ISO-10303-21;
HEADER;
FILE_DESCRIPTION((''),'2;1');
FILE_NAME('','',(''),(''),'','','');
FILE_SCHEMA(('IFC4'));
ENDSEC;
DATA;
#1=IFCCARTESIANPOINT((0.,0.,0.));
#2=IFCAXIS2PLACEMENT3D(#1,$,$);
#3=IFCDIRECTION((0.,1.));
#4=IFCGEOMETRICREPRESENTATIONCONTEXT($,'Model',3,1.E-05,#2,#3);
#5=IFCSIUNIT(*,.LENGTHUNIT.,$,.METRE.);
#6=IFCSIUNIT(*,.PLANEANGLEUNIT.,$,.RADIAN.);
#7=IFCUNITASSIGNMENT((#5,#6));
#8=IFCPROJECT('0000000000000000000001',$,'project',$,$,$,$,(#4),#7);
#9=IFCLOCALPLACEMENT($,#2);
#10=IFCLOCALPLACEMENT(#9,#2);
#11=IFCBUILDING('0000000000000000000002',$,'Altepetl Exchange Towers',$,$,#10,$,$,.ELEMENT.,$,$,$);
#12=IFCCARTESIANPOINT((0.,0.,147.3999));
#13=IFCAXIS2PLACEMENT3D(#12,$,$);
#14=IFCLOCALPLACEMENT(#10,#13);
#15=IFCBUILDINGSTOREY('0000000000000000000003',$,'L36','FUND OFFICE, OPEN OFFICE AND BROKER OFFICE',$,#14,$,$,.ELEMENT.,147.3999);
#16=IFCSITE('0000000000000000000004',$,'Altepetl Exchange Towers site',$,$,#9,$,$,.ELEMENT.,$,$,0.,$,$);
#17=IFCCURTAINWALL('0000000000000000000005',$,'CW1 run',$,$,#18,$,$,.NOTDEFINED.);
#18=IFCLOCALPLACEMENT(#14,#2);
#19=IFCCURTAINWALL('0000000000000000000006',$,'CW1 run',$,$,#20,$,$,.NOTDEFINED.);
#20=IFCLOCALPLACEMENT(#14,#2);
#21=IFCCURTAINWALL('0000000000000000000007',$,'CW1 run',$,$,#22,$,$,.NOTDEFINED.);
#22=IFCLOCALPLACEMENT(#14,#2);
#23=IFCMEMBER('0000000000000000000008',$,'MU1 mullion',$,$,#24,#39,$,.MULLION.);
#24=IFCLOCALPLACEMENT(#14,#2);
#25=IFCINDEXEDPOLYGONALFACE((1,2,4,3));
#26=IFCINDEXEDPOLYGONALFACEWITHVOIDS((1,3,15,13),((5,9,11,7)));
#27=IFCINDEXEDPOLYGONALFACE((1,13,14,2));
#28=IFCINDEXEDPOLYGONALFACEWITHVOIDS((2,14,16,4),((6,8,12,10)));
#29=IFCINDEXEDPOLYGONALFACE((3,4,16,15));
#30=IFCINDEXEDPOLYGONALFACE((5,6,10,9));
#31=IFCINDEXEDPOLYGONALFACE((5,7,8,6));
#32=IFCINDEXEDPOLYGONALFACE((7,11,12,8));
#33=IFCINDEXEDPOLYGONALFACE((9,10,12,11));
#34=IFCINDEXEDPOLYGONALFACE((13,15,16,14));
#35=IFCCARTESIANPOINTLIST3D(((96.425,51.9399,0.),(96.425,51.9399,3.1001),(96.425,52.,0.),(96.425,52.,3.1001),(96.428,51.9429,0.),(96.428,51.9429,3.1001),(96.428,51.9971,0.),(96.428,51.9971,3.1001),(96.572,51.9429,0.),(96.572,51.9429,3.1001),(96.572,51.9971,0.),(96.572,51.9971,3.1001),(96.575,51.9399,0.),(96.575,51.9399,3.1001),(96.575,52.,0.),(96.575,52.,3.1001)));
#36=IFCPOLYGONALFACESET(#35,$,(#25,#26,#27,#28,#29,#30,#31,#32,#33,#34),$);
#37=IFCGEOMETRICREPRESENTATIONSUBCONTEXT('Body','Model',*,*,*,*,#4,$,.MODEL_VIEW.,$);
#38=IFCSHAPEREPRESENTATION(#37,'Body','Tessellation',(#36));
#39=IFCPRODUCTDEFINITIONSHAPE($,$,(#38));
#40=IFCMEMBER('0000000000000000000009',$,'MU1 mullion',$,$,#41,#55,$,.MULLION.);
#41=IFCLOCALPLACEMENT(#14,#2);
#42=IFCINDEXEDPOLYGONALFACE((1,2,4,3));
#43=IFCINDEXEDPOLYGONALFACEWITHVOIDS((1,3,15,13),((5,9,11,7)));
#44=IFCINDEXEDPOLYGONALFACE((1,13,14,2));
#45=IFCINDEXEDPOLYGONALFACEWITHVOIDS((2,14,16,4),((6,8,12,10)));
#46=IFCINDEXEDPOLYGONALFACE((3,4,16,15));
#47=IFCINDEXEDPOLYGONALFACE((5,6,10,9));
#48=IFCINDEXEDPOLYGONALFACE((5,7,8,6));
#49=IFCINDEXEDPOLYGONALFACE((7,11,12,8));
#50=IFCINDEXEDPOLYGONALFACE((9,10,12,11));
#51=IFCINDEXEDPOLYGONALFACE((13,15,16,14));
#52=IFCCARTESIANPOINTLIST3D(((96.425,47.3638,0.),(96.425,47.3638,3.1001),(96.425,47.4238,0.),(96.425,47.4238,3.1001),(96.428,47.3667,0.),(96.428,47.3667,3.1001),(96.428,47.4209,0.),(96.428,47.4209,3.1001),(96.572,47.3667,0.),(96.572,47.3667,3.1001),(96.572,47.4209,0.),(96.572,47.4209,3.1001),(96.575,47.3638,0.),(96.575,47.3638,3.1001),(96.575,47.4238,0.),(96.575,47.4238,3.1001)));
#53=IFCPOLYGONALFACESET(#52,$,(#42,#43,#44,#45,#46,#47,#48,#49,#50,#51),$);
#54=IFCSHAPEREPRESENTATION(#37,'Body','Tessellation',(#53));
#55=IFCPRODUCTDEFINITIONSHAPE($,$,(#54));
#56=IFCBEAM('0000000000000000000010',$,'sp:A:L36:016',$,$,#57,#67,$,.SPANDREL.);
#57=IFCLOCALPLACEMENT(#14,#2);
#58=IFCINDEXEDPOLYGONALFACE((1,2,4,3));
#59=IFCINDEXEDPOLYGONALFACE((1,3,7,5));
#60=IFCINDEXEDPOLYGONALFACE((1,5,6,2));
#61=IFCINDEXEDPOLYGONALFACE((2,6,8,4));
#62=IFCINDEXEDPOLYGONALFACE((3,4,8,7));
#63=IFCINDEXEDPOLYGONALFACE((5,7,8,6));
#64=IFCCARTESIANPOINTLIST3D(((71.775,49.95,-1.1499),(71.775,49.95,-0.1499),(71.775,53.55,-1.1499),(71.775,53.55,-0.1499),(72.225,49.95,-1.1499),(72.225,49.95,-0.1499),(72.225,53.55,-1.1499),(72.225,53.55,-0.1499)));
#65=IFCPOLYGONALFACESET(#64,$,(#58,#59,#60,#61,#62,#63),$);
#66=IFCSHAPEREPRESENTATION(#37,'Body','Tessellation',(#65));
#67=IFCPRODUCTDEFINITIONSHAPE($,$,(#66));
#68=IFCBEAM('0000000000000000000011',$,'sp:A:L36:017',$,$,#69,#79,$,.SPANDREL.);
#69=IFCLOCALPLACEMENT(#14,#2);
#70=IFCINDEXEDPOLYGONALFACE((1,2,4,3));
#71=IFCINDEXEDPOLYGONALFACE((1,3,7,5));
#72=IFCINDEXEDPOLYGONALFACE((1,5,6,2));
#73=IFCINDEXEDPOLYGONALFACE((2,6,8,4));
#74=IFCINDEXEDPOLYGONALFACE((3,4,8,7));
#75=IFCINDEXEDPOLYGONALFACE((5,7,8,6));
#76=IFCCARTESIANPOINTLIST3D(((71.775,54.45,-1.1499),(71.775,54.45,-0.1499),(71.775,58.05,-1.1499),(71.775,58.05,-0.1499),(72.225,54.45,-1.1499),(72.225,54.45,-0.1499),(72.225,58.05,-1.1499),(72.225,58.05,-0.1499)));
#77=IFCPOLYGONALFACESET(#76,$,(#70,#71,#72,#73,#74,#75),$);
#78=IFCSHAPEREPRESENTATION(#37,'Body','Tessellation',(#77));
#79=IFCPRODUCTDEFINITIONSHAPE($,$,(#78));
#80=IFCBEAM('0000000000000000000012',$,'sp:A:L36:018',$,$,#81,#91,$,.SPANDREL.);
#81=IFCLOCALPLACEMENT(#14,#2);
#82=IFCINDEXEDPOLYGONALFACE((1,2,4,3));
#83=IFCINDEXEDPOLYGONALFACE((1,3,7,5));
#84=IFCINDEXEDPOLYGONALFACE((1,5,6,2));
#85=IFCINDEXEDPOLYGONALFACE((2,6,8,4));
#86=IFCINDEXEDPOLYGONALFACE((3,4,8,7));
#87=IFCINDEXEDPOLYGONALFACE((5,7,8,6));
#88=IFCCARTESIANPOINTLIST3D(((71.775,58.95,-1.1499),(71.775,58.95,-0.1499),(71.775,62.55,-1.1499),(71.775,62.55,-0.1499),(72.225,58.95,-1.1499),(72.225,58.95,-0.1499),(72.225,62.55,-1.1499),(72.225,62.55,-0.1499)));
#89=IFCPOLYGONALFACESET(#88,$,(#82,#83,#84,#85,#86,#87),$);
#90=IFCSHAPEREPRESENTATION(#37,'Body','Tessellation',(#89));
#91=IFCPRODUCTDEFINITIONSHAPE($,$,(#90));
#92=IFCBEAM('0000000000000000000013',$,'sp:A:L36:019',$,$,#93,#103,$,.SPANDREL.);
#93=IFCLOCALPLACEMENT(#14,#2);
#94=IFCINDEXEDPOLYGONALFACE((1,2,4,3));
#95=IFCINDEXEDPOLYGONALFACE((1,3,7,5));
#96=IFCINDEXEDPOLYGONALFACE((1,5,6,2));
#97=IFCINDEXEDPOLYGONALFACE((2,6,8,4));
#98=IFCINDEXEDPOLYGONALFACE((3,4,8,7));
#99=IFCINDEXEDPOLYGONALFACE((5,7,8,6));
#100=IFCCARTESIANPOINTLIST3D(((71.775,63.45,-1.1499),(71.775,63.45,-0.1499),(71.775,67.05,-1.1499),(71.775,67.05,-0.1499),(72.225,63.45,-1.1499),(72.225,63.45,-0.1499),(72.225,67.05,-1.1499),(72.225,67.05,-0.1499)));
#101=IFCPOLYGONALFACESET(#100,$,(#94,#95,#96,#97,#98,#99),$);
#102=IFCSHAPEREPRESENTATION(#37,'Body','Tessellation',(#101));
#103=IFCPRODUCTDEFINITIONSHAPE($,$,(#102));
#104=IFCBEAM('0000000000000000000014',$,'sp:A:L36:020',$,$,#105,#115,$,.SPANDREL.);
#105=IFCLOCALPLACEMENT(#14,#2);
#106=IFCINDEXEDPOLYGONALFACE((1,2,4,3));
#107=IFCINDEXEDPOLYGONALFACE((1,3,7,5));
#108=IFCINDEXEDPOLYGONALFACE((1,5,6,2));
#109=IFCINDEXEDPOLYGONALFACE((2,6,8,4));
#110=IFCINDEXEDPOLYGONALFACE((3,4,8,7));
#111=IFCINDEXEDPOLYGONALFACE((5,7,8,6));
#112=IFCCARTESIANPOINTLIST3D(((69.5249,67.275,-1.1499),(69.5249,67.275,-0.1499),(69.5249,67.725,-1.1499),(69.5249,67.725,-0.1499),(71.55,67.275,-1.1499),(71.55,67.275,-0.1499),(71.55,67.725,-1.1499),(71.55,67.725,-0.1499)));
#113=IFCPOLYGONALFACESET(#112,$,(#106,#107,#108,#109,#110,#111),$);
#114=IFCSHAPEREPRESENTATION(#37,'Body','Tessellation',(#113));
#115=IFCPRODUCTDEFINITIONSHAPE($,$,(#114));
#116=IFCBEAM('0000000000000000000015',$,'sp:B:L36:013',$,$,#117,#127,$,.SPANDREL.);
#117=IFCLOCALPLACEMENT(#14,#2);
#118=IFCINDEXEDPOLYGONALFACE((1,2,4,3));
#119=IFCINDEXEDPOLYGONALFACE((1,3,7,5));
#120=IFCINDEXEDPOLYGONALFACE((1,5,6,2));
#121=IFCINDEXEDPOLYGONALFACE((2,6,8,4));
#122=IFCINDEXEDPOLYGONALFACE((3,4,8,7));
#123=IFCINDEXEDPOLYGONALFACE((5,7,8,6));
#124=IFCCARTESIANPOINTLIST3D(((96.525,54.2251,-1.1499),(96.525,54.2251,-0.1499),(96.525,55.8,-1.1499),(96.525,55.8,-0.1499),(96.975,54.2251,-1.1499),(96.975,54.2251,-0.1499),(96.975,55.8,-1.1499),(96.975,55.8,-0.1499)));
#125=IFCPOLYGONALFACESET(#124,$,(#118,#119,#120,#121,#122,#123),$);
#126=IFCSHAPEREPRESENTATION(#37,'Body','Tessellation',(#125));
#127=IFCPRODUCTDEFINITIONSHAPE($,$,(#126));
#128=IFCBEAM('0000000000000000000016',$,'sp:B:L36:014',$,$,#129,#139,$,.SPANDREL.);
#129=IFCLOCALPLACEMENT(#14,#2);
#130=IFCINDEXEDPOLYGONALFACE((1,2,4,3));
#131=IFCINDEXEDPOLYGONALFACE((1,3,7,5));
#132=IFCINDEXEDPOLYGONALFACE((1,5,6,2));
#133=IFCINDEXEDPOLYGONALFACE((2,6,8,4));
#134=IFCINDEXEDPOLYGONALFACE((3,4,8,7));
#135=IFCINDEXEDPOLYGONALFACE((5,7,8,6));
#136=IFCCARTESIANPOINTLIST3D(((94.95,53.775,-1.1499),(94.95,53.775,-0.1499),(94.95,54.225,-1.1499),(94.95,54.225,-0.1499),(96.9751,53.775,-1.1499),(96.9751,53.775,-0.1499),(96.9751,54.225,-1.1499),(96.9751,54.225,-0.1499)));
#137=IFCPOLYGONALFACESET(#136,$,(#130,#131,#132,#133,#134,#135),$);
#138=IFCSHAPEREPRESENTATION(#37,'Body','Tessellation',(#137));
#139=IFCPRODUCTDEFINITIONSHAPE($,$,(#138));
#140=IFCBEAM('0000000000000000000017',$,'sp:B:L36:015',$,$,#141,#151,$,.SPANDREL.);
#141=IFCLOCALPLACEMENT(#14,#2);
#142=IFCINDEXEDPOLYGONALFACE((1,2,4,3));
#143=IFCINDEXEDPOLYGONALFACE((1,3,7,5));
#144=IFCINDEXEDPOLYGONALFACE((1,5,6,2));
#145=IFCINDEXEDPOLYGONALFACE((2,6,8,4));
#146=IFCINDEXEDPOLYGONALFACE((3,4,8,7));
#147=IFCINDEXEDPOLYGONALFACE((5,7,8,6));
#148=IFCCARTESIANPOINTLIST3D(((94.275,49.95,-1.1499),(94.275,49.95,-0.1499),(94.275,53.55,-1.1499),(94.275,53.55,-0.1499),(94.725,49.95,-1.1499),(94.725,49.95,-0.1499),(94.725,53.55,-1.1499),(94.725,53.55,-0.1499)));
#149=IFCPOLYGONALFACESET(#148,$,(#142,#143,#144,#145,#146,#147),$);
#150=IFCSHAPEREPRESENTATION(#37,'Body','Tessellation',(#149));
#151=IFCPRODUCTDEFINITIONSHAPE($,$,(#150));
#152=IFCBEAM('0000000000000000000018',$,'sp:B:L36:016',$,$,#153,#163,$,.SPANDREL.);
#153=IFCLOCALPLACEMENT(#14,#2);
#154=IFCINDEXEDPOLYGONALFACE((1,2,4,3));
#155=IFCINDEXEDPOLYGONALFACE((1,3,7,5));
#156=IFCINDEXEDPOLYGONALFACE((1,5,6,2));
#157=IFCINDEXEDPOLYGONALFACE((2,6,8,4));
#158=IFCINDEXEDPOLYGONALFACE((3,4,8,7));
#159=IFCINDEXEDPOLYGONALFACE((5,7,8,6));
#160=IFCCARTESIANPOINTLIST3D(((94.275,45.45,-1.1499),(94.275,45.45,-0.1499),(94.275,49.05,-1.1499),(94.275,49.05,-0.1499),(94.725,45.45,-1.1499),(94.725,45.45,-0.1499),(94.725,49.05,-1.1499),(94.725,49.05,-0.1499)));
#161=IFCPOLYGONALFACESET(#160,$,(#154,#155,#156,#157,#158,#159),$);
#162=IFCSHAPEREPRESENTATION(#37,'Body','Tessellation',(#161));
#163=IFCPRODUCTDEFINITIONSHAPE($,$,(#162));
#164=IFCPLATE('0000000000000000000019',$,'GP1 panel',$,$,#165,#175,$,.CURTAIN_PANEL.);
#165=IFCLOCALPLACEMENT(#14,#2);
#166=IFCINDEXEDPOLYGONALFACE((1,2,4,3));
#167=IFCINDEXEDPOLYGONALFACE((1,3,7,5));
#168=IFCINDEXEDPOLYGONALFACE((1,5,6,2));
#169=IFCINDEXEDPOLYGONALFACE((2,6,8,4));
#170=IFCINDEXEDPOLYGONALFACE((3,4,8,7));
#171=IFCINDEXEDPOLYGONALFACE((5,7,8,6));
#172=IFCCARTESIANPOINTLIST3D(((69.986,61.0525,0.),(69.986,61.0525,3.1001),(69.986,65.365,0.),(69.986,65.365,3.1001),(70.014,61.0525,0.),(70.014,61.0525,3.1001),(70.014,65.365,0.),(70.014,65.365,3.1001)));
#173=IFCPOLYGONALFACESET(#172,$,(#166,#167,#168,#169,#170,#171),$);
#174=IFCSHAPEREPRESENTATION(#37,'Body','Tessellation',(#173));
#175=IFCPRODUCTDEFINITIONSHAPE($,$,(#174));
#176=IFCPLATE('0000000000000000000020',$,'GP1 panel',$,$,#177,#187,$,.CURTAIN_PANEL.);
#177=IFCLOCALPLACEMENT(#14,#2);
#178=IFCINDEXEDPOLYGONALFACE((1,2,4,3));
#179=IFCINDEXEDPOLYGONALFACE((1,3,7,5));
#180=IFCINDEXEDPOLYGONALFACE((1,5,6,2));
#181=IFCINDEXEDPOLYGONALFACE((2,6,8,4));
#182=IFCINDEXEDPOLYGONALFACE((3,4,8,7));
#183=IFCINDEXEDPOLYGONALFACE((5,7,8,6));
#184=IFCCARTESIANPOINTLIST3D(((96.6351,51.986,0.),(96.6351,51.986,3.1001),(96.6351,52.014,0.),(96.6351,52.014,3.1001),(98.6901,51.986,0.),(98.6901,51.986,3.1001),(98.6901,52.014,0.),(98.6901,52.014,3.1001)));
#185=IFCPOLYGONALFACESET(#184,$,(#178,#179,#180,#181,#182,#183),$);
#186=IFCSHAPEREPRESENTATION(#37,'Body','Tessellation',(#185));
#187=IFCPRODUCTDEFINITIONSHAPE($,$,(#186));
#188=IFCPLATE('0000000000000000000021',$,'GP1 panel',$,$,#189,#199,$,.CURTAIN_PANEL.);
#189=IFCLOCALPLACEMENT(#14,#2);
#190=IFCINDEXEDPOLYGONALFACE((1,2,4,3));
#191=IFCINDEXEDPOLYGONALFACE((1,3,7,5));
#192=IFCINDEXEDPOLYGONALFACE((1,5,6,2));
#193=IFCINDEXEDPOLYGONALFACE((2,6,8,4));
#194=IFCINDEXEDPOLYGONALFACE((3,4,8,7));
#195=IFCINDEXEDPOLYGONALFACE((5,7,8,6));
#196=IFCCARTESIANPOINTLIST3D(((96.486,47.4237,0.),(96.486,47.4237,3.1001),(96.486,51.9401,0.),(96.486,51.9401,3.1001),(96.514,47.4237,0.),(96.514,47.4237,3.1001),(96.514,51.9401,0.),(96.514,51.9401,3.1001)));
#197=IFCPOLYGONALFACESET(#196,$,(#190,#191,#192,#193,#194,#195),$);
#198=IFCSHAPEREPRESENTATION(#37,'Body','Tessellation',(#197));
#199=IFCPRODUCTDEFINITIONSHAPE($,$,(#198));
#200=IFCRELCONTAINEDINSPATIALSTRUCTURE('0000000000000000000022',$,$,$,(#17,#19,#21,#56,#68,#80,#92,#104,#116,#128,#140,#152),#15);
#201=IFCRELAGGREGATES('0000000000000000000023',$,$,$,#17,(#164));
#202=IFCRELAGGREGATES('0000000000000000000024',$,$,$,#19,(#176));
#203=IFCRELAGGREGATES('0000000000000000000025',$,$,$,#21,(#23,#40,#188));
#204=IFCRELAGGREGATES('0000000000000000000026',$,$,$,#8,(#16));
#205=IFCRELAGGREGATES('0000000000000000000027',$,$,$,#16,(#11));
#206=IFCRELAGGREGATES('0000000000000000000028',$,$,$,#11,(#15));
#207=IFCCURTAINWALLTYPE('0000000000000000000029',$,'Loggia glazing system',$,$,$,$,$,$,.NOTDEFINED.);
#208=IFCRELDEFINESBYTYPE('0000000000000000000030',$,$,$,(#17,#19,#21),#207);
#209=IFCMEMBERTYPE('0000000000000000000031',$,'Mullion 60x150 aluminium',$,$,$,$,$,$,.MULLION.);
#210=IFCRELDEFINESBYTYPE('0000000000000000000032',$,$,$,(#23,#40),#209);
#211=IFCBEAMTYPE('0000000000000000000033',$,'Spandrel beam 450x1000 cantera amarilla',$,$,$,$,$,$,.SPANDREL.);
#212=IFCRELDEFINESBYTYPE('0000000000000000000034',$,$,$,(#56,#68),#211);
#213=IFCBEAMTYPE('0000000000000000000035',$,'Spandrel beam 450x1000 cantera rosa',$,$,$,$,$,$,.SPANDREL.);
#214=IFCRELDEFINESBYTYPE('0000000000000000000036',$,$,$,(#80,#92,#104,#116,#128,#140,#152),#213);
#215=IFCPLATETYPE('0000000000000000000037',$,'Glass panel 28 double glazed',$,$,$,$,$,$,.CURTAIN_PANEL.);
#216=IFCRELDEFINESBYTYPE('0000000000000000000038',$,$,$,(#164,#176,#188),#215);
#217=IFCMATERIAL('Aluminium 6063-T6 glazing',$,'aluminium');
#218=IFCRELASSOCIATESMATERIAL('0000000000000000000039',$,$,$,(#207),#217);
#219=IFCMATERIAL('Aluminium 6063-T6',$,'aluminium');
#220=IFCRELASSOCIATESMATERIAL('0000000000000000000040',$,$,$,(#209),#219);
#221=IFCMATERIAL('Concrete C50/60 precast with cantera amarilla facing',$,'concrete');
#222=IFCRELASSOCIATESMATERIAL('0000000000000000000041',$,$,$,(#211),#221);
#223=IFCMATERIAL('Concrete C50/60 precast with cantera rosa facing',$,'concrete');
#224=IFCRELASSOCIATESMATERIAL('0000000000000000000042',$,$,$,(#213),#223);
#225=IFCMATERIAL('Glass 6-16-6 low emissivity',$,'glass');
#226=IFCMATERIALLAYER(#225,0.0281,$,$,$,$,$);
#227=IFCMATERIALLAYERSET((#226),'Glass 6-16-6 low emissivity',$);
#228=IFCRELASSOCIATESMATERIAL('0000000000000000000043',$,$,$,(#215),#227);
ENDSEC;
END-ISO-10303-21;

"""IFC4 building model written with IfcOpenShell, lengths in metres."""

from ifc_helpers import new_model, si_unit, direction, frame, origin, origin_2d, place, context, subcontext, project, spatial, rectangle, hollow_rectangle, extrude, material, layer, layer_set, material_profile, profile_set, type_object, element, aggregate, save


model = new_model("IFC4")

# Units and contexts
model_context = context("Model", 3, precision=1e-05, world=origin(), true_north=direction((0.0, 1.0)))
body_context = subcontext(model_context, "Body", "Model", "MODEL_VIEW")
ifc_project = project(units=[si_unit("LENGTHUNIT", "METRE"), si_unit("PLANEANGLEUNIT", "RADIAN")], contexts=[model_context])

# Site, building, storey
site_placement = place(None, origin())
site = spatial("IfcSite", under=ifc_project, at=site_placement, Name="Altepetl Exchange Towers site", CompositionType="ELEMENT", RefElevation=0.0)
building_placement = place(site_placement, origin())
building = spatial("IfcBuilding", under=site, at=building_placement, Name="Altepetl Exchange Towers", CompositionType="ELEMENT")
storey_placement = place(building_placement, frame((0.0, 0.0, 147.3999)))
storey = spatial("IfcBuildingStorey", under=building, at=storey_placement, Name="L36", Description="FUND OFFICE, OPEN OFFICE AND BROKER OFFICE", CompositionType="ELEMENT", Elevation=147.3999)

# Curtain wall
ifc_material_1 = material(Name="Aluminium 6063-T6 glazing", Category="aluminium")
curtain_wall_type = type_object("IfcCurtainWallType", Name="Loggia glazing system", PredefinedType="NOTDEFINED", material=ifc_material_1)
curtain_wall_1_placement = place(storey_placement, origin())
curtain_wall_1 = element("IfcCurtainWall", 1, at=curtain_wall_1_placement, inside=storey, type_object=curtain_wall_type, Name="CW1 run", PredefinedType="NOTDEFINED")
ifc_material_2 = material(Name="Aluminium 6063-T6", Category="aluminium")
ifc_material_profile_1 = material_profile(ifc_material_2, hollow_rectangle(XDim=0.0601, YDim=0.1499, WallThickness=0.0029, at=origin_2d()), Name="Mullion 60x150 aluminium")
ifc_profile_set_1 = profile_set([ifc_material_profile_1], Name="Aluminium 6063-T6")
member_type = type_object("IfcMemberType", Name="Mullion 60x150 aluminium", PredefinedType="MULLION", material=ifc_profile_set_1)

# Curtain walls, members
curtain_wall_2_placement = place(storey_placement, origin())
curtain_wall_2 = element("IfcCurtainWall", 2, at=curtain_wall_2_placement, inside=storey, type_object=curtain_wall_type, Name="CW1 run", PredefinedType="NOTDEFINED")
curtain_wall_3_placement = place(storey_placement, origin())
curtain_wall_3 = element("IfcCurtainWall", 3, at=curtain_wall_3_placement, inside=storey, type_object=curtain_wall_type, Name="CW1 run", PredefinedType="NOTDEFINED")
member_1_placement = place(storey_placement, frame((96.5, 51.97, 0.0), z_axis=(0.0, 0.0, 1.0), x_axis=(0.0, -1.0, 0.0)))
member_1 = element("IfcMember", 4, at=member_1_placement, type_object=member_type, Name="MU1 mullion", PredefinedType="MULLION", context=body_context, shape_type="SweptSolid", body=[
    extrude(hollow_rectangle(XDim=0.0601, YDim=0.1499, WallThickness=0.0029, at=origin_2d()), origin(), (0.0, 0.0, 1.0), 3.1001),
])
member_2_placement = place(storey_placement, frame((96.5, 47.3938, 0.0), z_axis=(0.0, 0.0, 1.0), x_axis=(0.0, -1.0, 0.0)))
member_2 = element("IfcMember", 5, at=member_2_placement, type_object=member_type, Name="MU1 mullion", PredefinedType="MULLION", context=body_context, shape_type="SweptSolid", body=[
    extrude(hollow_rectangle(XDim=0.0601, YDim=0.1499, WallThickness=0.0029, at=origin_2d()), origin(), (0.0, 0.0, 1.0), 3.1001),
])

# Beams
ifc_material_3 = material(Name="Concrete C50/60 precast with cantera amarilla facing", Category="concrete")
ifc_material_profile_2 = material_profile(ifc_material_3, rectangle(XDim=0.45, YDim=1.0, at=origin_2d()), Name="450 x 1000")
ifc_profile_set_2 = profile_set([ifc_material_profile_2], Name="Concrete C50/60 precast with cantera amarilla facing")
beam_type_1 = type_object("IfcBeamType", Name="Spandrel beam 450x1000 cantera amarilla", PredefinedType="SPANDREL", material=ifc_profile_set_2)
for number, where, z_axis, x_axis, name in (
    (6, (72.0, 49.95, -0.6499), (0.0, 1.0, 0.0), (-1.0, 0.0, 0.0), "sp:A:L36:016"),
    (7, (72.0, 54.45, -0.6499), (0.0, 1.0, 0.0), (-1.0, 0.0, 0.0), "sp:A:L36:017"),
):
    element("IfcBeam", number, at=place(storey_placement, frame(where, z_axis=z_axis, x_axis=x_axis)), inside=storey, type_object=beam_type_1, Name=name, PredefinedType="SPANDREL", context=body_context, shape_type="SweptSolid", body=[
        extrude(rectangle(XDim=0.45, YDim=1.0, at=origin_2d()), origin(), (0.0, 0.0, 1.0), 3.6001),
    ])
ifc_material_4 = material(Name="Concrete C50/60 precast with cantera rosa facing", Category="concrete")
ifc_material_profile_3 = material_profile(ifc_material_4, rectangle(XDim=0.45, YDim=1.0, at=origin_2d()), Name="450 x 1000")
ifc_profile_set_3 = profile_set([ifc_material_profile_3], Name="Concrete C50/60 precast with cantera rosa facing")
beam_type_2 = type_object("IfcBeamType", Name="Spandrel beam 450x1000 cantera rosa", PredefinedType="SPANDREL", material=ifc_profile_set_3)
for number, where, z_axis, x_axis, name in (
    (8, (72.0, 58.95, -0.6499), (0.0, 1.0, 0.0), (-1.0, 0.0, 0.0), "sp:A:L36:018"),
    (9, (72.0, 63.45, -0.6499), (0.0, 1.0, 0.0), (-1.0, 0.0, 0.0), "sp:A:L36:019"),
):
    element("IfcBeam", number, at=place(storey_placement, frame(where, z_axis=z_axis, x_axis=x_axis)), inside=storey, type_object=beam_type_2, Name=name, PredefinedType="SPANDREL", context=body_context, shape_type="SweptSolid", body=[
        extrude(rectangle(XDim=0.45, YDim=1.0, at=origin_2d()), origin(), (0.0, 0.0, 1.0), 3.6001),
    ])
beam_1_placement = place(storey_placement, frame((71.55, 67.5, -0.6499), z_axis=(-1.0, 0.0, 0.0), x_axis=(0.0, -1.0, 0.0)))
element("IfcBeam", 10, at=beam_1_placement, inside=storey, type_object=beam_type_2, Name="sp:A:L36:020", PredefinedType="SPANDREL", context=body_context, shape_type="SweptSolid", body=[
    extrude(rectangle(XDim=0.45, YDim=1.0, at=origin_2d()), origin(), (0.0, 0.0, 1.0), 2.0251),
])
beam_2_placement = place(storey_placement, frame((96.75, 55.8, -0.6499), z_axis=(0.0, -1.0, 0.0), x_axis=(1.0, 0.0, 0.0)))
element("IfcBeam", 11, at=beam_2_placement, inside=storey, type_object=beam_type_2, Name="sp:B:L36:013", PredefinedType="SPANDREL", context=body_context, shape_type="SweptSolid", body=[
    extrude(rectangle(XDim=0.45, YDim=1.0, at=origin_2d()), origin(), (0.0, 0.0, 1.0), 1.575),
])
beam_3_placement = place(storey_placement, frame((96.9751, 54.0, -0.6499), z_axis=(-1.0, 0.0, 0.0), x_axis=(0.0, -1.0, 0.0)))
element("IfcBeam", 12, at=beam_3_placement, inside=storey, type_object=beam_type_2, Name="sp:B:L36:014", PredefinedType="SPANDREL", context=body_context, shape_type="SweptSolid", body=[
    extrude(rectangle(XDim=0.45, YDim=1.0, at=origin_2d()), origin(), (0.0, 0.0, 1.0), 2.0251),
])
for number, where, z_axis, x_axis, name in (
    (13, (94.5, 53.55, -0.6499), (0.0, -1.0, 0.0), (1.0, 0.0, 0.0), "sp:B:L36:015"),
    (14, (94.5, 49.05, -0.6499), (0.0, -1.0, 0.0), (1.0, 0.0, 0.0), "sp:B:L36:016"),
):
    element("IfcBeam", number, at=place(storey_placement, frame(where, z_axis=z_axis, x_axis=x_axis)), inside=storey, type_object=beam_type_2, Name=name, PredefinedType="SPANDREL", context=body_context, shape_type="SweptSolid", body=[
        extrude(rectangle(XDim=0.45, YDim=1.0, at=origin_2d()), origin(), (0.0, 0.0, 1.0), 3.6001),
    ])

# Plates
ifc_material_5 = material(Name="Glass 6-16-6 low emissivity", Category="glass")
ifc_layer_1 = layer(ifc_material_5, 0.0281)
ifc_layer_set_1 = layer_set([ifc_layer_1], Name="Glass 6-16-6 low emissivity")
plate_type = type_object("IfcPlateType", Name="Glass panel 28 double glazed", PredefinedType="CURTAIN_PANEL", material=ifc_layer_set_1)
plate_1_placement = place(storey_placement, frame((70.0, 63.2087, 0.0), z_axis=(0.0, 0.0, 1.0), x_axis=(0.0, 1.0, 0.0)))
plate_1 = element("IfcPlate", 15, at=plate_1_placement, type_object=plate_type, Name="GP1 panel", PredefinedType="CURTAIN_PANEL", context=body_context, shape_type="SweptSolid", body=[
    extrude(rectangle(XDim=4.3125, YDim=0.0281, at=origin_2d()), origin(), (0.0, 0.0, 1.0), 3.1001),
])
aggregate(curtain_wall_1, [plate_1])
plate_2_placement = place(storey_placement, frame((97.6626, 52.0, 0.0), z_axis=(0.0, 0.0, 1.0), x_axis=(-1.0, 0.0, 0.0)))
plate_2 = element("IfcPlate", 16, at=plate_2_placement, type_object=plate_type, Name="GP1 panel", PredefinedType="CURTAIN_PANEL", context=body_context, shape_type="SweptSolid", body=[
    extrude(rectangle(XDim=2.0549, YDim=0.0281, at=origin_2d()), origin(), (0.0, 0.0, 1.0), 3.1001),
])
aggregate(curtain_wall_2, [plate_2])
plate_3_placement = place(storey_placement, frame((96.5, 49.6819, 0.0), z_axis=(0.0, 0.0, 1.0), x_axis=(0.0, -1.0, 0.0)))
plate_3 = element("IfcPlate", 17, at=plate_3_placement, type_object=plate_type, Name="GP1 panel", PredefinedType="CURTAIN_PANEL", context=body_context, shape_type="SweptSolid", body=[
    extrude(rectangle(XDim=4.5164, YDim=0.0281, at=origin_2d()), origin(), (0.0, 0.0, 1.0), 3.1001),
])
aggregate(curtain_wall_3, [member_1, member_2, plate_3])

save(model, "model.ifc")
